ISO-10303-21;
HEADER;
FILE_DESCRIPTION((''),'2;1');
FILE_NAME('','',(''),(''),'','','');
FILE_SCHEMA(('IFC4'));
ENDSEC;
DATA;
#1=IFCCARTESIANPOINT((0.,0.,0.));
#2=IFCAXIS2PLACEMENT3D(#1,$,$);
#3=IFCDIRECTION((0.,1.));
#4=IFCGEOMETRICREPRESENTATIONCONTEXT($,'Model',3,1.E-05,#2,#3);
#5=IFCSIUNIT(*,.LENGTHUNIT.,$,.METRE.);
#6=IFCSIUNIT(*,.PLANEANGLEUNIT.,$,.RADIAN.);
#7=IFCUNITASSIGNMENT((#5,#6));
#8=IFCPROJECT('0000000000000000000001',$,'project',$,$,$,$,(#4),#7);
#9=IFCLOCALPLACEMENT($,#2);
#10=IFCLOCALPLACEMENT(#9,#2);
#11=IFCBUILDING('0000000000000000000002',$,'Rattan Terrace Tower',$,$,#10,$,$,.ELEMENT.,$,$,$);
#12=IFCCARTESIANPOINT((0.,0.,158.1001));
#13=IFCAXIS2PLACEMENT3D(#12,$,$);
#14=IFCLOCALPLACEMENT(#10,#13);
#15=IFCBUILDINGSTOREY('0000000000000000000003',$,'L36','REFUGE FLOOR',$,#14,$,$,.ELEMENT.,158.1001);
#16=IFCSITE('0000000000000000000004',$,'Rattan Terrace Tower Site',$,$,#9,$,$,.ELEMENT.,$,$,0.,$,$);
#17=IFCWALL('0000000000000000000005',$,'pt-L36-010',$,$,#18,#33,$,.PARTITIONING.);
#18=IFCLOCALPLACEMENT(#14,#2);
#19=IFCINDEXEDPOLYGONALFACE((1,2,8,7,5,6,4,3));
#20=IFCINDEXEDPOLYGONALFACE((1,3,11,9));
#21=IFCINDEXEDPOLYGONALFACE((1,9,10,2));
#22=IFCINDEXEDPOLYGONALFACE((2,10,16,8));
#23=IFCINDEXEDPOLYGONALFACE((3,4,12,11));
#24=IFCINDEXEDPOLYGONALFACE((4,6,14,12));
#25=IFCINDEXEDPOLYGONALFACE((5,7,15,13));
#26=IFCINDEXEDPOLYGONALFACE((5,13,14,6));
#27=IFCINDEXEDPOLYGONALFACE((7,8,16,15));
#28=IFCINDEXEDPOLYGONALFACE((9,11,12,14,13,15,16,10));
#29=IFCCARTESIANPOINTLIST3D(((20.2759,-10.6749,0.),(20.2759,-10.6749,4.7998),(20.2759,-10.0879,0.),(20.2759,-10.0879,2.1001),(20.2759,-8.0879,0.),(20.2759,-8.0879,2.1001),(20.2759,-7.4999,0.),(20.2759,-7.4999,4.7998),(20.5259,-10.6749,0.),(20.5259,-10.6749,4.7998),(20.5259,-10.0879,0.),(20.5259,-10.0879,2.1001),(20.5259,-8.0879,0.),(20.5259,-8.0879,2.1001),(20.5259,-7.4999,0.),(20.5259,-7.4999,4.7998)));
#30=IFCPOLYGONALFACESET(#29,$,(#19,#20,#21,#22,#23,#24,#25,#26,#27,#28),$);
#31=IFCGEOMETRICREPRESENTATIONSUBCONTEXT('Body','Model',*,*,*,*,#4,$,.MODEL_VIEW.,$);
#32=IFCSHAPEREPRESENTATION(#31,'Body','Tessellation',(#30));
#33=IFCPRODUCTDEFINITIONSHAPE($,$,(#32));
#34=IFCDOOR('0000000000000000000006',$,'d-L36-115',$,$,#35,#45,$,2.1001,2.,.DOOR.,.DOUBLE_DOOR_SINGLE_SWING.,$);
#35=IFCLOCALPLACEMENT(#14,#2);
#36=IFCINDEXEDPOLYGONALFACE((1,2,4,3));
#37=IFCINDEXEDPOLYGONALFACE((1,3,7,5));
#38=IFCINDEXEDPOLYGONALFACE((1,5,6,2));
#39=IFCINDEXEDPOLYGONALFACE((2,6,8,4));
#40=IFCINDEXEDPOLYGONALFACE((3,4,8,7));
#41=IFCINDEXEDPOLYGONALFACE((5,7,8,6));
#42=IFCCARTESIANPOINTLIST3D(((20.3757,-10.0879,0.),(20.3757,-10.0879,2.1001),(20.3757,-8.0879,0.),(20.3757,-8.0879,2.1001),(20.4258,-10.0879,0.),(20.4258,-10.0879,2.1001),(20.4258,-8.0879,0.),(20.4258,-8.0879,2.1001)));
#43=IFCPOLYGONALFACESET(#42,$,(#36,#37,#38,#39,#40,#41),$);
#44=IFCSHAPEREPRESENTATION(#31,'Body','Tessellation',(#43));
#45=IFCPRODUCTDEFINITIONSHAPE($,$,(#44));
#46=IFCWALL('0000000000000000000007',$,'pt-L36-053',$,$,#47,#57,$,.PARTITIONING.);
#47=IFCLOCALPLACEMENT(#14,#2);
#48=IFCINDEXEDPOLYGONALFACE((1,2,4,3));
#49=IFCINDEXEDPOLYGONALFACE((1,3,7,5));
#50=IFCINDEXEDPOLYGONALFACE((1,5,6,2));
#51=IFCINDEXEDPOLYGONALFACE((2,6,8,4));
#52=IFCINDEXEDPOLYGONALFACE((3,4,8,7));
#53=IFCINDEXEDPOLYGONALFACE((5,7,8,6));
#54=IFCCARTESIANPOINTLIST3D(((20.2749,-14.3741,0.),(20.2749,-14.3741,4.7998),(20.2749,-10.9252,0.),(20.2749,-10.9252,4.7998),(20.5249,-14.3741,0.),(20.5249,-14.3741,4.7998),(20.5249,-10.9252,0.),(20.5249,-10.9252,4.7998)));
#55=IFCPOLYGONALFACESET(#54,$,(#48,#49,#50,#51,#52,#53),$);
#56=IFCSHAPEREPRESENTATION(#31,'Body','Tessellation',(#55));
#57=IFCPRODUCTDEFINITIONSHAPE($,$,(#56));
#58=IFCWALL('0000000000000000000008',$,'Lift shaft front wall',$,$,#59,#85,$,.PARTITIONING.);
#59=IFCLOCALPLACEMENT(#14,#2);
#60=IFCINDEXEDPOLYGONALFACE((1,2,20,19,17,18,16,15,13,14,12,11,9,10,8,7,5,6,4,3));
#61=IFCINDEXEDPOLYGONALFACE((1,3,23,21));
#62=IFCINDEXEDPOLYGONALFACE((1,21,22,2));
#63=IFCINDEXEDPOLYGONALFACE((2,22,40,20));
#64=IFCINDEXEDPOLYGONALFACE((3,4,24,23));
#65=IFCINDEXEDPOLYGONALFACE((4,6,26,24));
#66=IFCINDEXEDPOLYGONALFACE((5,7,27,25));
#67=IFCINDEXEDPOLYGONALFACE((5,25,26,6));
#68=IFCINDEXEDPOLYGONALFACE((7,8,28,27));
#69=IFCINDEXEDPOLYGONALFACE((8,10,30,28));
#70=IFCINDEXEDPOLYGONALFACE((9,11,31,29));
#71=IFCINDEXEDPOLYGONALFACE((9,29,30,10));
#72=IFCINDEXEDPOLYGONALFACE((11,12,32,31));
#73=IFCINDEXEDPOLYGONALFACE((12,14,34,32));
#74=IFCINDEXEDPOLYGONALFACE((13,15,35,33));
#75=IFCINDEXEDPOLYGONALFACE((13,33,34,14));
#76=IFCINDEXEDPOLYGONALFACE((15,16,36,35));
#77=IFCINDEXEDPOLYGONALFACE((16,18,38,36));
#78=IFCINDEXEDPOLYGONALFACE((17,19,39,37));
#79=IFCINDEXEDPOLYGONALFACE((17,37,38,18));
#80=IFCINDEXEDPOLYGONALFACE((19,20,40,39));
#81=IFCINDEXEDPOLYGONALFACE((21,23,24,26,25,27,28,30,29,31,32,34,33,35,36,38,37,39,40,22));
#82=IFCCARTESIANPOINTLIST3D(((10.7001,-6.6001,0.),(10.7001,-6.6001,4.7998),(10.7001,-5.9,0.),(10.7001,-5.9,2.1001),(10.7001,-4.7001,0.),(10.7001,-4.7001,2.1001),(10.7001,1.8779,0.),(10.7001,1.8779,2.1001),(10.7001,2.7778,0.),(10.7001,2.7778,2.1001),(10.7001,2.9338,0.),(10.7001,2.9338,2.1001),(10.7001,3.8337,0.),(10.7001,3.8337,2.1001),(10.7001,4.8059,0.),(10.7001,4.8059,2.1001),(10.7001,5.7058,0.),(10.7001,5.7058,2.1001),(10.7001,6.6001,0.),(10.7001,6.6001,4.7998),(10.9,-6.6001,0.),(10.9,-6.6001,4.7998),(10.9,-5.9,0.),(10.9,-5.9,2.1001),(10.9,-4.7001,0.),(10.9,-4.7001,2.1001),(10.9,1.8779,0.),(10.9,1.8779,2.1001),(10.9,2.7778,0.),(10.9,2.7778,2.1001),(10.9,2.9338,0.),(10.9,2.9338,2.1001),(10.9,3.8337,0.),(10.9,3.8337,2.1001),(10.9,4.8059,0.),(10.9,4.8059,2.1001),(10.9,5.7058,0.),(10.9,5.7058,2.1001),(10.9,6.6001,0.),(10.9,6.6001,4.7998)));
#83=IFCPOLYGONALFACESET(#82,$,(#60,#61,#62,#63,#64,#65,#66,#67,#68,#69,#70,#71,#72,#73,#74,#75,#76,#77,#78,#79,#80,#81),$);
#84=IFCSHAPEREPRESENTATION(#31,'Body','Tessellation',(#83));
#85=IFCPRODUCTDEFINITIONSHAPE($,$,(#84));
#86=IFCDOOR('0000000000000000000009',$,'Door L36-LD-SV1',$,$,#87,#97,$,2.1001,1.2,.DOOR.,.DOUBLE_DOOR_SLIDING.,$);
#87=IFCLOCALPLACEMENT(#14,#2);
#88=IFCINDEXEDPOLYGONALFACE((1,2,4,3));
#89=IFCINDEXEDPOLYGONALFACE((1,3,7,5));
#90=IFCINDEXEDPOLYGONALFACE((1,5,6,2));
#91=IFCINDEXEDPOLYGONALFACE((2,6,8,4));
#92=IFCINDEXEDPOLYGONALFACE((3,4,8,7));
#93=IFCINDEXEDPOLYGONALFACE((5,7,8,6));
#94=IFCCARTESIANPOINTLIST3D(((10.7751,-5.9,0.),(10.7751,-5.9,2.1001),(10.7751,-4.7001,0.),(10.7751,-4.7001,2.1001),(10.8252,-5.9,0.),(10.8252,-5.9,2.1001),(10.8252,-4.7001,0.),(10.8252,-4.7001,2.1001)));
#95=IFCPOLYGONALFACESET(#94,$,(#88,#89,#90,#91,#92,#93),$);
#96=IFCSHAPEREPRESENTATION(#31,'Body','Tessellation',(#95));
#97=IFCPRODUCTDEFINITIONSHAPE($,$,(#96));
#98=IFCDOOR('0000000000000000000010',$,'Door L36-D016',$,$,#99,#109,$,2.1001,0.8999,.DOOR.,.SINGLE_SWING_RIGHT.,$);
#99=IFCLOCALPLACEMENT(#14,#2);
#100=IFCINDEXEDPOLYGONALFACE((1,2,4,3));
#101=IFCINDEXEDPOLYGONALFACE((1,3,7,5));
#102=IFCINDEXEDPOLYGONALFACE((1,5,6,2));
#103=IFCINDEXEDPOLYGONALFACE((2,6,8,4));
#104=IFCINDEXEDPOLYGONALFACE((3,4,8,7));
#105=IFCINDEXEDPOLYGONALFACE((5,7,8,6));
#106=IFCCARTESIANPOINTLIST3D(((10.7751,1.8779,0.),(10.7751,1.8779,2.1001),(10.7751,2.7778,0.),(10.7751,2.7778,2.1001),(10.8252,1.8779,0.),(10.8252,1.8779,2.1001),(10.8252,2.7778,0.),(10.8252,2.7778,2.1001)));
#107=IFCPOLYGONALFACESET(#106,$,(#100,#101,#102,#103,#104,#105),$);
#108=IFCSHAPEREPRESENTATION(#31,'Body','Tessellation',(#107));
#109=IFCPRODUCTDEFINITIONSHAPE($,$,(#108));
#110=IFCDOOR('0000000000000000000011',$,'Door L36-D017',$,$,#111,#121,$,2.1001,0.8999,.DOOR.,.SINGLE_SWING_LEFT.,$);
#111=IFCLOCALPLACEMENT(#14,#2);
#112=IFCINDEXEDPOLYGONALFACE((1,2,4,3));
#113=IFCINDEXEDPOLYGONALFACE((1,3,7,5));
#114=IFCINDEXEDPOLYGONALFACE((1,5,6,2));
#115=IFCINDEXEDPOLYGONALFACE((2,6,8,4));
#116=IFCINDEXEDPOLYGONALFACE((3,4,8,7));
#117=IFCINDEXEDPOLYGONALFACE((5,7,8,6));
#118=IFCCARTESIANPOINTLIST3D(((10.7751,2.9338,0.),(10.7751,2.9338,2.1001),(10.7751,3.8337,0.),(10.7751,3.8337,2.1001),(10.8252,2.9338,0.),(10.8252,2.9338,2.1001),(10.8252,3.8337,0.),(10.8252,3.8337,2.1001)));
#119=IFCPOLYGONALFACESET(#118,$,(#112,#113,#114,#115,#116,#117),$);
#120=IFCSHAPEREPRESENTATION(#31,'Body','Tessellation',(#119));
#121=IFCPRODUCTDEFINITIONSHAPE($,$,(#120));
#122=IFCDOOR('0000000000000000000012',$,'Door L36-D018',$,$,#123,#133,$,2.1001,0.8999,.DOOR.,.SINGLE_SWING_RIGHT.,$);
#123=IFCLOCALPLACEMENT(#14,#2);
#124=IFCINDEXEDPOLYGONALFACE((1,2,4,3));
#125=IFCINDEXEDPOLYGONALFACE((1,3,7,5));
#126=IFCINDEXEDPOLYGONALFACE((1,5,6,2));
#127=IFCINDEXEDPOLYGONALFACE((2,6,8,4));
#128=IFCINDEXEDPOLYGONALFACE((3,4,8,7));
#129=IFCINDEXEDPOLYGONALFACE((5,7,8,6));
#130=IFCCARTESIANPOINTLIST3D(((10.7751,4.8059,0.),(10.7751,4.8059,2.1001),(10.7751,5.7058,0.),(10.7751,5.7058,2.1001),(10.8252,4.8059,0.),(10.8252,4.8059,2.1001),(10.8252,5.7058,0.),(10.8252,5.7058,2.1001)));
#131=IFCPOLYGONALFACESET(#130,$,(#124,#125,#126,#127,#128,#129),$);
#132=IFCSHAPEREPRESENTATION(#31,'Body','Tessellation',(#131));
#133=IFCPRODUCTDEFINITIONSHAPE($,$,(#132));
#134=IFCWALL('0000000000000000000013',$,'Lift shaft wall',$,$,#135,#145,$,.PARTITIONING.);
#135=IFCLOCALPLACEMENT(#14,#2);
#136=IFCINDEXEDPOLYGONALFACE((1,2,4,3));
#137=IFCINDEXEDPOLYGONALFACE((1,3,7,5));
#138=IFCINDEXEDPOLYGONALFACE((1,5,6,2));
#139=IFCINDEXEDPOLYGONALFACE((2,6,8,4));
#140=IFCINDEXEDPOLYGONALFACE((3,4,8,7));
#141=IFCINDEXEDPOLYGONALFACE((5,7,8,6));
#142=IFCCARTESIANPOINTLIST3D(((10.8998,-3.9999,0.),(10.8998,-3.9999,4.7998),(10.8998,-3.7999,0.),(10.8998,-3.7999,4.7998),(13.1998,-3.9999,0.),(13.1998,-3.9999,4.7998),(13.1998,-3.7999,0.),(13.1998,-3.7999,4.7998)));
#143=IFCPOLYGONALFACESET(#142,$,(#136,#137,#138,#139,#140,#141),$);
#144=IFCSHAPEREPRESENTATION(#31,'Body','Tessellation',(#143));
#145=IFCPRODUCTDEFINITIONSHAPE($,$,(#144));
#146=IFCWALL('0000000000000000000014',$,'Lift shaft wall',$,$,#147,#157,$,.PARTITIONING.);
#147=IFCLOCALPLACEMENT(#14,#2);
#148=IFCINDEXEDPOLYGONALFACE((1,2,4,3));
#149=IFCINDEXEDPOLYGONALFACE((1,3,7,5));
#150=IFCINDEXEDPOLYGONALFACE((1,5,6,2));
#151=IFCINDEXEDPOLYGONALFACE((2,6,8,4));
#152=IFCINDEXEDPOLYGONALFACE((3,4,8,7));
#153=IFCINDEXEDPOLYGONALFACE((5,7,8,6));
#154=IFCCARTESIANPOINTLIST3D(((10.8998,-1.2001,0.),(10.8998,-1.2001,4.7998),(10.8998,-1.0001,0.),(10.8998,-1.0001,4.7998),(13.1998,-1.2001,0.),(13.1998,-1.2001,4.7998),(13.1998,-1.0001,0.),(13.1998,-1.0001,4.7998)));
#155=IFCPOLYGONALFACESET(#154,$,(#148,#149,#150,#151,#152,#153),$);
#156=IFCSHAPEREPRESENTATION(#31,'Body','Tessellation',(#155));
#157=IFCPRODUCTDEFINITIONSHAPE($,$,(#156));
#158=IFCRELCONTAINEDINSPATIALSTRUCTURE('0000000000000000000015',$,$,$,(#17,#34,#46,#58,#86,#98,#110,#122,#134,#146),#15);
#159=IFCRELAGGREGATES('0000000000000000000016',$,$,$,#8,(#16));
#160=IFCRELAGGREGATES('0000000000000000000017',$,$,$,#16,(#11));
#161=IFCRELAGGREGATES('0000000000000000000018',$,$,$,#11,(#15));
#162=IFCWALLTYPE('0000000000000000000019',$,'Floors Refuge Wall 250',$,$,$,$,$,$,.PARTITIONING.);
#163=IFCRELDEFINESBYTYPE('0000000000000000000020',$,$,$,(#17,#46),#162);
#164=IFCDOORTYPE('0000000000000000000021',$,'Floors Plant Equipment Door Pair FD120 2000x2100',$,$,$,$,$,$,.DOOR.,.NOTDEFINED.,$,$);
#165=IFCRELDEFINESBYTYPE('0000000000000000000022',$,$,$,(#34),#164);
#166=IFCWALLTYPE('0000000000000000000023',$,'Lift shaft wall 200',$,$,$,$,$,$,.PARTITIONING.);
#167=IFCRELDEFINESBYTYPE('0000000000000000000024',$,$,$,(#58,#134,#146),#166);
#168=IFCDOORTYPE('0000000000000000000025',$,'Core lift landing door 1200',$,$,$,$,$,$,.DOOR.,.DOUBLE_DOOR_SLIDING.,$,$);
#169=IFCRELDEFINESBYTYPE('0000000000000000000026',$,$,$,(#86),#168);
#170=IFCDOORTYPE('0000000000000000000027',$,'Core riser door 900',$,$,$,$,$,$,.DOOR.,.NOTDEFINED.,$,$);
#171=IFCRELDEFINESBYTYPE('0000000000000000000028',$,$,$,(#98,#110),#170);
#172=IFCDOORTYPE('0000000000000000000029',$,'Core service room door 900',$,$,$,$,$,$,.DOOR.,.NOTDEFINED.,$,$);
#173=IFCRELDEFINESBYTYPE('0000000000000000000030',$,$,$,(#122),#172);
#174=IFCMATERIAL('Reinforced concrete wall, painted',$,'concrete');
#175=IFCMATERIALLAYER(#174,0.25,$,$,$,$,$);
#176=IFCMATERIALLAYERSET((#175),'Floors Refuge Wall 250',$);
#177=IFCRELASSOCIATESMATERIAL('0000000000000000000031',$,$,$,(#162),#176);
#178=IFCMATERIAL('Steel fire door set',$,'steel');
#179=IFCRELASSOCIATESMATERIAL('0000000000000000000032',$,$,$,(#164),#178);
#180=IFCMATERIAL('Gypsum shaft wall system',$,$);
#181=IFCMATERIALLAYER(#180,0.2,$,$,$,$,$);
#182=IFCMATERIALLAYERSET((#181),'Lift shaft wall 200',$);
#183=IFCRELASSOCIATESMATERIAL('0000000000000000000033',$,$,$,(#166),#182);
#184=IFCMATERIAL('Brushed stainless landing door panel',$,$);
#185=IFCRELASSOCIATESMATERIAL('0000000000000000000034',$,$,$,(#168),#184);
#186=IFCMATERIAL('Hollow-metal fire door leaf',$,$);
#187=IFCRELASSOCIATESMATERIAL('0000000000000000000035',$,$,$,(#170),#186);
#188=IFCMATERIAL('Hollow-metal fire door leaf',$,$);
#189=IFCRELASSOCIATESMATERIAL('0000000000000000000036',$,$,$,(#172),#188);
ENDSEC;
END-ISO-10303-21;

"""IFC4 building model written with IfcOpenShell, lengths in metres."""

from ifc_helpers import new_model, si_unit, direction, frame, frame_2d, origin, place, context, subcontext, project, spatial, rectangle, extrude, material, layer, layer_set, type_object, element, fill, save


model = new_model("IFC4")

# Units and contexts
model_context = context("Model", 3, precision=1e-05, world=origin(), true_north=direction((0.0, 1.0)))
body_context = subcontext(model_context, "Body", "Model", "MODEL_VIEW")
ifc_project = project(units=[si_unit("LENGTHUNIT", "METRE"), si_unit("PLANEANGLEUNIT", "RADIAN")], contexts=[model_context])

# Site, building, storey
site_placement = place(None, origin())
site = spatial("IfcSite", under=ifc_project, at=site_placement, Name="Rattan Terrace Tower Site", CompositionType="ELEMENT", RefElevation=0.0)
building_placement = place(site_placement, origin())
building = spatial("IfcBuilding", under=site, at=building_placement, Name="Rattan Terrace Tower", CompositionType="ELEMENT")
storey_placement = place(building_placement, frame((0.0, 0.0, 158.1001)))
storey = spatial("IfcBuildingStorey", under=building, at=storey_placement, Name="L36", Description="REFUGE FLOOR", CompositionType="ELEMENT", Elevation=158.1001)

# Shared definitions
ifc_material_1 = material(Name="Reinforced concrete wall, painted", Category="concrete")
ifc_layer_1 = layer(ifc_material_1, 0.25)
ifc_layer_set_1 = layer_set([ifc_layer_1], Name="Floors Refuge Wall 250")
wall_type_1 = type_object("IfcWallType", Name="Floors Refuge Wall 250", PredefinedType="PARTITIONING", material=ifc_layer_set_1)
ifc_material_2 = material(Name="Steel fire door set", Category="steel")
door_type_1 = type_object("IfcDoorType", Name="Floors Plant Equipment Door Pair FD120 2000x2100", OperationType="NOTDEFINED", PredefinedType="DOOR", material=ifc_material_2)

# Wall, opening, door
wall_1_placement = place(storey_placement, frame((20.4009, -7.5, 0.0), z_axis=(0.0, 0.0, 1.0), x_axis=(0.0, -1.0, 0.0)))
wall_1 = element("IfcWall", 1, at=wall_1_placement, inside=storey, type_object=wall_type_1, Name="pt-L36-010", PredefinedType="PARTITIONING", context=body_context, shape_type="SweptSolid", body=[
    extrude(rectangle(XDim=3.175, YDim=0.25, at=frame_2d((1.5874, 0.0))), origin(), (0.0, 0.0, 1.0), 4.7998),
])
opening_1_placement = place(wall_1_placement, frame((0.5879, 0.0, 0.0)))
opening_1 = element("IfcOpeningElement", 2, at=opening_1_placement, cuts=wall_1, PredefinedType="OPENING", context=body_context, shape_type="SweptSolid", body=[
    extrude(rectangle(XDim=2.0, YDim=2.1001, at=frame_2d((1.0, 1.05))), frame((0.0, 0.1355, 0.0), z_axis=(0.0, -1.0, 0.0), x_axis=(1.0, 0.0, 0.0)), (0.0, 0.0, 1.0), 0.271),
])
door_1_placement = place(opening_1_placement, origin())
door_1 = element("IfcDoor", 3, at=door_1_placement, inside=storey, type_object=door_type_1, Name="d-L36-115", OperationType="DOUBLE_DOOR_SINGLE_SWING", OverallHeight=2.1001, OverallWidth=2.0, PredefinedType="DOOR", context=body_context, shape_type="SweptSolid", body=[
    extrude(rectangle(XDim=2.0, YDim=2.1001, at=frame_2d((1.0, 1.05))), frame((0.0, 0.0249, 0.0), z_axis=(0.0, -1.0, 0.0), x_axis=(1.0, 0.0, 0.0)), (0.0, 0.0, 1.0), 0.05),
])
fill(opening_1, door_1)

# Wall
wall_2_placement = place(storey_placement, frame((20.3999, -10.925, 0.0), z_axis=(0.0, 0.0, 1.0), x_axis=(0.0, -1.0, 0.0)))
element("IfcWall", 4, at=wall_2_placement, inside=storey, type_object=wall_type_1, Name="pt-L36-053", PredefinedType="PARTITIONING", context=body_context, shape_type="SweptSolid", body=[
    extrude(rectangle(XDim=3.449, YDim=0.25, at=frame_2d((1.7246, 0.0))), origin(), (0.0, 0.0, 1.0), 4.7998),
])

# Wall, openings, doors
ifc_material_3 = material(Name="Gypsum shaft wall system")
ifc_layer_2 = layer(ifc_material_3, 0.2)
ifc_layer_set_2 = layer_set([ifc_layer_2], Name="Lift shaft wall 200")
wall_type_2 = type_object("IfcWallType", Name="Lift shaft wall 200", PredefinedType="PARTITIONING", material=ifc_layer_set_2)
wall_3_placement = place(storey_placement, frame((10.8, -6.6001, 0.0), z_axis=(0.0, 0.0, 1.0), x_axis=(0.0, 1.0, 0.0)))
wall_3 = element("IfcWall", 5, at=wall_3_placement, inside=storey, type_object=wall_type_2, Name="Lift shaft front wall", PredefinedType="PARTITIONING", context=body_context, shape_type="SweptSolid", body=[
    extrude(rectangle(XDim=13.2002, YDim=0.2, at=frame_2d((6.6001, 0.0))), origin(), (0.0, 0.0, 1.0), 4.7998),
])
opening_2_placement = place(wall_3_placement, frame((0.7, 0.0, 0.0)))
opening_2 = element("IfcOpeningElement", 6, at=opening_2_placement, cuts=wall_3, PredefinedType="OPENING", context=body_context, shape_type="SweptSolid", body=[
    extrude(rectangle(XDim=1.2, YDim=2.1001, at=frame_2d((0.6001, 1.05))), frame((0.0, 0.1106, 0.0), z_axis=(0.0, -1.0, 0.0), x_axis=(1.0, 0.0, 0.0)), (0.0, 0.0, 1.0), 0.2209),
])
opening_3_placement = place(wall_3_placement, frame((8.478, 0.0, 0.0)))
opening_3 = element("IfcOpeningElement", 7, at=opening_3_placement, cuts=wall_3, PredefinedType="OPENING", context=body_context, shape_type="SweptSolid", body=[
    extrude(rectangle(XDim=0.8999, YDim=2.1001, at=frame_2d((0.45, 1.05))), frame((0.0, 0.1106, 0.0), z_axis=(0.0, -1.0, 0.0), x_axis=(1.0, 0.0, 0.0)), (0.0, 0.0, 1.0), 0.2209),
])
opening_4_placement = place(wall_3_placement, frame((9.5339, 0.0, 0.0)))
opening_4 = element("IfcOpeningElement", 8, at=opening_4_placement, cuts=wall_3, PredefinedType="OPENING", context=body_context, shape_type="SweptSolid", body=[
    extrude(rectangle(XDim=0.8999, YDim=2.1001, at=frame_2d((0.45, 1.05))), frame((0.0, 0.1106, 0.0), z_axis=(0.0, -1.0, 0.0), x_axis=(1.0, 0.0, 0.0)), (0.0, 0.0, 1.0), 0.2209),
])
opening_5_placement = place(wall_3_placement, frame((11.406, 0.0, 0.0)))
opening_5 = element("IfcOpeningElement", 9, at=opening_5_placement, cuts=wall_3, PredefinedType="OPENING", context=body_context, shape_type="SweptSolid", body=[
    extrude(rectangle(XDim=0.8999, YDim=2.1001, at=frame_2d((0.45, 1.05))), frame((0.0, 0.1106, 0.0), z_axis=(0.0, -1.0, 0.0), x_axis=(1.0, 0.0, 0.0)), (0.0, 0.0, 1.0), 0.2209),
])
ifc_material_4 = material(Name="Brushed stainless landing door panel")
door_type_2 = type_object("IfcDoorType", Name="Core lift landing door 1200", OperationType="DOUBLE_DOOR_SLIDING", PredefinedType="DOOR", material=ifc_material_4)
door_2_placement = place(opening_2_placement, origin())
door_2 = element("IfcDoor", 10, at=door_2_placement, inside=storey, type_object=door_type_2, Name="Door L36-LD-SV1", OperationType="DOUBLE_DOOR_SLIDING", OverallHeight=2.1001, OverallWidth=1.2, PredefinedType="DOOR", context=body_context, shape_type="SweptSolid", body=[
    extrude(rectangle(XDim=1.2, YDim=2.1001, at=frame_2d((0.6001, 1.05))), frame((0.0, 0.0249, 0.0), z_axis=(0.0, -1.0, 0.0), x_axis=(1.0, 0.0, 0.0)), (0.0, 0.0, 1.0), 0.05),
])
fill(opening_2, door_2)
ifc_material_5 = material(Name="Hollow-metal fire door leaf")
door_type_3 = type_object("IfcDoorType", Name="Core riser door 900", OperationType="NOTDEFINED", PredefinedType="DOOR", material=ifc_material_5)
door_3_placement = place(opening_3_placement, origin())
door_3 = element("IfcDoor", 11, at=door_3_placement, inside=storey, type_object=door_type_3, Name="Door L36-D016", OperationType="SINGLE_SWING_RIGHT", OverallHeight=2.1001, OverallWidth=0.8999, PredefinedType="DOOR", context=body_context, shape_type="SweptSolid", body=[
    extrude(rectangle(XDim=0.8999, YDim=2.1001, at=frame_2d((0.45, 1.05))), frame((0.0, 0.0249, 0.0), z_axis=(0.0, -1.0, 0.0), x_axis=(1.0, 0.0, 0.0)), (0.0, 0.0, 1.0), 0.05),
])
fill(opening_3, door_3)
door_4_placement = place(opening_4_placement, origin())
door_4 = element("IfcDoor", 12, at=door_4_placement, inside=storey, type_object=door_type_3, Name="Door L36-D017", OperationType="SINGLE_SWING_LEFT", OverallHeight=2.1001, OverallWidth=0.8999, PredefinedType="DOOR", context=body_context, shape_type="SweptSolid", body=[
    extrude(rectangle(XDim=0.8999, YDim=2.1001, at=frame_2d((0.45, 1.05))), frame((0.0, 0.0249, 0.0), z_axis=(0.0, -1.0, 0.0), x_axis=(1.0, 0.0, 0.0)), (0.0, 0.0, 1.0), 0.05),
])
fill(opening_4, door_4)
ifc_material_6 = material(Name="Hollow-metal fire door leaf")
door_type_4 = type_object("IfcDoorType", Name="Core service room door 900", OperationType="NOTDEFINED", PredefinedType="DOOR", material=ifc_material_6)
door_5_placement = place(opening_5_placement, origin())
door_5 = element("IfcDoor", 13, at=door_5_placement, inside=storey, type_object=door_type_4, Name="Door L36-D018", OperationType="SINGLE_SWING_RIGHT", OverallHeight=2.1001, OverallWidth=0.8999, PredefinedType="DOOR", context=body_context, shape_type="SweptSolid", body=[
    extrude(rectangle(XDim=0.8999, YDim=2.1001, at=frame_2d((0.45, 1.05))), frame((0.0, 0.0249, 0.0), z_axis=(0.0, -1.0, 0.0), x_axis=(1.0, 0.0, 0.0)), (0.0, 0.0, 1.0), 0.05),
])
fill(opening_5, door_5)

# Walls
for number, where, z_axis, x_axis, name in (
    (14, (10.8999, -3.8999, 0.0), (0.0, 0.0, 1.0), (1.0, 0.0, 0.0), "Lift shaft wall"),
    (15, (10.8999, -1.1001, 0.0), (0.0, 0.0, 1.0), (1.0, 0.0, 0.0), "Lift shaft wall"),
):
    element("IfcWall", number, at=place(storey_placement, frame(where, z_axis=z_axis, x_axis=x_axis)), inside=storey, type_object=wall_type_2, Name=name, PredefinedType="PARTITIONING", context=body_context, shape_type="SweptSolid", body=[
        extrude(rectangle(XDim=2.3, YDim=0.2, at=frame_2d((1.1499, 0.0))), origin(), (0.0, 0.0, 1.0), 4.7998),
    ])

save(model, "model.ifc")
